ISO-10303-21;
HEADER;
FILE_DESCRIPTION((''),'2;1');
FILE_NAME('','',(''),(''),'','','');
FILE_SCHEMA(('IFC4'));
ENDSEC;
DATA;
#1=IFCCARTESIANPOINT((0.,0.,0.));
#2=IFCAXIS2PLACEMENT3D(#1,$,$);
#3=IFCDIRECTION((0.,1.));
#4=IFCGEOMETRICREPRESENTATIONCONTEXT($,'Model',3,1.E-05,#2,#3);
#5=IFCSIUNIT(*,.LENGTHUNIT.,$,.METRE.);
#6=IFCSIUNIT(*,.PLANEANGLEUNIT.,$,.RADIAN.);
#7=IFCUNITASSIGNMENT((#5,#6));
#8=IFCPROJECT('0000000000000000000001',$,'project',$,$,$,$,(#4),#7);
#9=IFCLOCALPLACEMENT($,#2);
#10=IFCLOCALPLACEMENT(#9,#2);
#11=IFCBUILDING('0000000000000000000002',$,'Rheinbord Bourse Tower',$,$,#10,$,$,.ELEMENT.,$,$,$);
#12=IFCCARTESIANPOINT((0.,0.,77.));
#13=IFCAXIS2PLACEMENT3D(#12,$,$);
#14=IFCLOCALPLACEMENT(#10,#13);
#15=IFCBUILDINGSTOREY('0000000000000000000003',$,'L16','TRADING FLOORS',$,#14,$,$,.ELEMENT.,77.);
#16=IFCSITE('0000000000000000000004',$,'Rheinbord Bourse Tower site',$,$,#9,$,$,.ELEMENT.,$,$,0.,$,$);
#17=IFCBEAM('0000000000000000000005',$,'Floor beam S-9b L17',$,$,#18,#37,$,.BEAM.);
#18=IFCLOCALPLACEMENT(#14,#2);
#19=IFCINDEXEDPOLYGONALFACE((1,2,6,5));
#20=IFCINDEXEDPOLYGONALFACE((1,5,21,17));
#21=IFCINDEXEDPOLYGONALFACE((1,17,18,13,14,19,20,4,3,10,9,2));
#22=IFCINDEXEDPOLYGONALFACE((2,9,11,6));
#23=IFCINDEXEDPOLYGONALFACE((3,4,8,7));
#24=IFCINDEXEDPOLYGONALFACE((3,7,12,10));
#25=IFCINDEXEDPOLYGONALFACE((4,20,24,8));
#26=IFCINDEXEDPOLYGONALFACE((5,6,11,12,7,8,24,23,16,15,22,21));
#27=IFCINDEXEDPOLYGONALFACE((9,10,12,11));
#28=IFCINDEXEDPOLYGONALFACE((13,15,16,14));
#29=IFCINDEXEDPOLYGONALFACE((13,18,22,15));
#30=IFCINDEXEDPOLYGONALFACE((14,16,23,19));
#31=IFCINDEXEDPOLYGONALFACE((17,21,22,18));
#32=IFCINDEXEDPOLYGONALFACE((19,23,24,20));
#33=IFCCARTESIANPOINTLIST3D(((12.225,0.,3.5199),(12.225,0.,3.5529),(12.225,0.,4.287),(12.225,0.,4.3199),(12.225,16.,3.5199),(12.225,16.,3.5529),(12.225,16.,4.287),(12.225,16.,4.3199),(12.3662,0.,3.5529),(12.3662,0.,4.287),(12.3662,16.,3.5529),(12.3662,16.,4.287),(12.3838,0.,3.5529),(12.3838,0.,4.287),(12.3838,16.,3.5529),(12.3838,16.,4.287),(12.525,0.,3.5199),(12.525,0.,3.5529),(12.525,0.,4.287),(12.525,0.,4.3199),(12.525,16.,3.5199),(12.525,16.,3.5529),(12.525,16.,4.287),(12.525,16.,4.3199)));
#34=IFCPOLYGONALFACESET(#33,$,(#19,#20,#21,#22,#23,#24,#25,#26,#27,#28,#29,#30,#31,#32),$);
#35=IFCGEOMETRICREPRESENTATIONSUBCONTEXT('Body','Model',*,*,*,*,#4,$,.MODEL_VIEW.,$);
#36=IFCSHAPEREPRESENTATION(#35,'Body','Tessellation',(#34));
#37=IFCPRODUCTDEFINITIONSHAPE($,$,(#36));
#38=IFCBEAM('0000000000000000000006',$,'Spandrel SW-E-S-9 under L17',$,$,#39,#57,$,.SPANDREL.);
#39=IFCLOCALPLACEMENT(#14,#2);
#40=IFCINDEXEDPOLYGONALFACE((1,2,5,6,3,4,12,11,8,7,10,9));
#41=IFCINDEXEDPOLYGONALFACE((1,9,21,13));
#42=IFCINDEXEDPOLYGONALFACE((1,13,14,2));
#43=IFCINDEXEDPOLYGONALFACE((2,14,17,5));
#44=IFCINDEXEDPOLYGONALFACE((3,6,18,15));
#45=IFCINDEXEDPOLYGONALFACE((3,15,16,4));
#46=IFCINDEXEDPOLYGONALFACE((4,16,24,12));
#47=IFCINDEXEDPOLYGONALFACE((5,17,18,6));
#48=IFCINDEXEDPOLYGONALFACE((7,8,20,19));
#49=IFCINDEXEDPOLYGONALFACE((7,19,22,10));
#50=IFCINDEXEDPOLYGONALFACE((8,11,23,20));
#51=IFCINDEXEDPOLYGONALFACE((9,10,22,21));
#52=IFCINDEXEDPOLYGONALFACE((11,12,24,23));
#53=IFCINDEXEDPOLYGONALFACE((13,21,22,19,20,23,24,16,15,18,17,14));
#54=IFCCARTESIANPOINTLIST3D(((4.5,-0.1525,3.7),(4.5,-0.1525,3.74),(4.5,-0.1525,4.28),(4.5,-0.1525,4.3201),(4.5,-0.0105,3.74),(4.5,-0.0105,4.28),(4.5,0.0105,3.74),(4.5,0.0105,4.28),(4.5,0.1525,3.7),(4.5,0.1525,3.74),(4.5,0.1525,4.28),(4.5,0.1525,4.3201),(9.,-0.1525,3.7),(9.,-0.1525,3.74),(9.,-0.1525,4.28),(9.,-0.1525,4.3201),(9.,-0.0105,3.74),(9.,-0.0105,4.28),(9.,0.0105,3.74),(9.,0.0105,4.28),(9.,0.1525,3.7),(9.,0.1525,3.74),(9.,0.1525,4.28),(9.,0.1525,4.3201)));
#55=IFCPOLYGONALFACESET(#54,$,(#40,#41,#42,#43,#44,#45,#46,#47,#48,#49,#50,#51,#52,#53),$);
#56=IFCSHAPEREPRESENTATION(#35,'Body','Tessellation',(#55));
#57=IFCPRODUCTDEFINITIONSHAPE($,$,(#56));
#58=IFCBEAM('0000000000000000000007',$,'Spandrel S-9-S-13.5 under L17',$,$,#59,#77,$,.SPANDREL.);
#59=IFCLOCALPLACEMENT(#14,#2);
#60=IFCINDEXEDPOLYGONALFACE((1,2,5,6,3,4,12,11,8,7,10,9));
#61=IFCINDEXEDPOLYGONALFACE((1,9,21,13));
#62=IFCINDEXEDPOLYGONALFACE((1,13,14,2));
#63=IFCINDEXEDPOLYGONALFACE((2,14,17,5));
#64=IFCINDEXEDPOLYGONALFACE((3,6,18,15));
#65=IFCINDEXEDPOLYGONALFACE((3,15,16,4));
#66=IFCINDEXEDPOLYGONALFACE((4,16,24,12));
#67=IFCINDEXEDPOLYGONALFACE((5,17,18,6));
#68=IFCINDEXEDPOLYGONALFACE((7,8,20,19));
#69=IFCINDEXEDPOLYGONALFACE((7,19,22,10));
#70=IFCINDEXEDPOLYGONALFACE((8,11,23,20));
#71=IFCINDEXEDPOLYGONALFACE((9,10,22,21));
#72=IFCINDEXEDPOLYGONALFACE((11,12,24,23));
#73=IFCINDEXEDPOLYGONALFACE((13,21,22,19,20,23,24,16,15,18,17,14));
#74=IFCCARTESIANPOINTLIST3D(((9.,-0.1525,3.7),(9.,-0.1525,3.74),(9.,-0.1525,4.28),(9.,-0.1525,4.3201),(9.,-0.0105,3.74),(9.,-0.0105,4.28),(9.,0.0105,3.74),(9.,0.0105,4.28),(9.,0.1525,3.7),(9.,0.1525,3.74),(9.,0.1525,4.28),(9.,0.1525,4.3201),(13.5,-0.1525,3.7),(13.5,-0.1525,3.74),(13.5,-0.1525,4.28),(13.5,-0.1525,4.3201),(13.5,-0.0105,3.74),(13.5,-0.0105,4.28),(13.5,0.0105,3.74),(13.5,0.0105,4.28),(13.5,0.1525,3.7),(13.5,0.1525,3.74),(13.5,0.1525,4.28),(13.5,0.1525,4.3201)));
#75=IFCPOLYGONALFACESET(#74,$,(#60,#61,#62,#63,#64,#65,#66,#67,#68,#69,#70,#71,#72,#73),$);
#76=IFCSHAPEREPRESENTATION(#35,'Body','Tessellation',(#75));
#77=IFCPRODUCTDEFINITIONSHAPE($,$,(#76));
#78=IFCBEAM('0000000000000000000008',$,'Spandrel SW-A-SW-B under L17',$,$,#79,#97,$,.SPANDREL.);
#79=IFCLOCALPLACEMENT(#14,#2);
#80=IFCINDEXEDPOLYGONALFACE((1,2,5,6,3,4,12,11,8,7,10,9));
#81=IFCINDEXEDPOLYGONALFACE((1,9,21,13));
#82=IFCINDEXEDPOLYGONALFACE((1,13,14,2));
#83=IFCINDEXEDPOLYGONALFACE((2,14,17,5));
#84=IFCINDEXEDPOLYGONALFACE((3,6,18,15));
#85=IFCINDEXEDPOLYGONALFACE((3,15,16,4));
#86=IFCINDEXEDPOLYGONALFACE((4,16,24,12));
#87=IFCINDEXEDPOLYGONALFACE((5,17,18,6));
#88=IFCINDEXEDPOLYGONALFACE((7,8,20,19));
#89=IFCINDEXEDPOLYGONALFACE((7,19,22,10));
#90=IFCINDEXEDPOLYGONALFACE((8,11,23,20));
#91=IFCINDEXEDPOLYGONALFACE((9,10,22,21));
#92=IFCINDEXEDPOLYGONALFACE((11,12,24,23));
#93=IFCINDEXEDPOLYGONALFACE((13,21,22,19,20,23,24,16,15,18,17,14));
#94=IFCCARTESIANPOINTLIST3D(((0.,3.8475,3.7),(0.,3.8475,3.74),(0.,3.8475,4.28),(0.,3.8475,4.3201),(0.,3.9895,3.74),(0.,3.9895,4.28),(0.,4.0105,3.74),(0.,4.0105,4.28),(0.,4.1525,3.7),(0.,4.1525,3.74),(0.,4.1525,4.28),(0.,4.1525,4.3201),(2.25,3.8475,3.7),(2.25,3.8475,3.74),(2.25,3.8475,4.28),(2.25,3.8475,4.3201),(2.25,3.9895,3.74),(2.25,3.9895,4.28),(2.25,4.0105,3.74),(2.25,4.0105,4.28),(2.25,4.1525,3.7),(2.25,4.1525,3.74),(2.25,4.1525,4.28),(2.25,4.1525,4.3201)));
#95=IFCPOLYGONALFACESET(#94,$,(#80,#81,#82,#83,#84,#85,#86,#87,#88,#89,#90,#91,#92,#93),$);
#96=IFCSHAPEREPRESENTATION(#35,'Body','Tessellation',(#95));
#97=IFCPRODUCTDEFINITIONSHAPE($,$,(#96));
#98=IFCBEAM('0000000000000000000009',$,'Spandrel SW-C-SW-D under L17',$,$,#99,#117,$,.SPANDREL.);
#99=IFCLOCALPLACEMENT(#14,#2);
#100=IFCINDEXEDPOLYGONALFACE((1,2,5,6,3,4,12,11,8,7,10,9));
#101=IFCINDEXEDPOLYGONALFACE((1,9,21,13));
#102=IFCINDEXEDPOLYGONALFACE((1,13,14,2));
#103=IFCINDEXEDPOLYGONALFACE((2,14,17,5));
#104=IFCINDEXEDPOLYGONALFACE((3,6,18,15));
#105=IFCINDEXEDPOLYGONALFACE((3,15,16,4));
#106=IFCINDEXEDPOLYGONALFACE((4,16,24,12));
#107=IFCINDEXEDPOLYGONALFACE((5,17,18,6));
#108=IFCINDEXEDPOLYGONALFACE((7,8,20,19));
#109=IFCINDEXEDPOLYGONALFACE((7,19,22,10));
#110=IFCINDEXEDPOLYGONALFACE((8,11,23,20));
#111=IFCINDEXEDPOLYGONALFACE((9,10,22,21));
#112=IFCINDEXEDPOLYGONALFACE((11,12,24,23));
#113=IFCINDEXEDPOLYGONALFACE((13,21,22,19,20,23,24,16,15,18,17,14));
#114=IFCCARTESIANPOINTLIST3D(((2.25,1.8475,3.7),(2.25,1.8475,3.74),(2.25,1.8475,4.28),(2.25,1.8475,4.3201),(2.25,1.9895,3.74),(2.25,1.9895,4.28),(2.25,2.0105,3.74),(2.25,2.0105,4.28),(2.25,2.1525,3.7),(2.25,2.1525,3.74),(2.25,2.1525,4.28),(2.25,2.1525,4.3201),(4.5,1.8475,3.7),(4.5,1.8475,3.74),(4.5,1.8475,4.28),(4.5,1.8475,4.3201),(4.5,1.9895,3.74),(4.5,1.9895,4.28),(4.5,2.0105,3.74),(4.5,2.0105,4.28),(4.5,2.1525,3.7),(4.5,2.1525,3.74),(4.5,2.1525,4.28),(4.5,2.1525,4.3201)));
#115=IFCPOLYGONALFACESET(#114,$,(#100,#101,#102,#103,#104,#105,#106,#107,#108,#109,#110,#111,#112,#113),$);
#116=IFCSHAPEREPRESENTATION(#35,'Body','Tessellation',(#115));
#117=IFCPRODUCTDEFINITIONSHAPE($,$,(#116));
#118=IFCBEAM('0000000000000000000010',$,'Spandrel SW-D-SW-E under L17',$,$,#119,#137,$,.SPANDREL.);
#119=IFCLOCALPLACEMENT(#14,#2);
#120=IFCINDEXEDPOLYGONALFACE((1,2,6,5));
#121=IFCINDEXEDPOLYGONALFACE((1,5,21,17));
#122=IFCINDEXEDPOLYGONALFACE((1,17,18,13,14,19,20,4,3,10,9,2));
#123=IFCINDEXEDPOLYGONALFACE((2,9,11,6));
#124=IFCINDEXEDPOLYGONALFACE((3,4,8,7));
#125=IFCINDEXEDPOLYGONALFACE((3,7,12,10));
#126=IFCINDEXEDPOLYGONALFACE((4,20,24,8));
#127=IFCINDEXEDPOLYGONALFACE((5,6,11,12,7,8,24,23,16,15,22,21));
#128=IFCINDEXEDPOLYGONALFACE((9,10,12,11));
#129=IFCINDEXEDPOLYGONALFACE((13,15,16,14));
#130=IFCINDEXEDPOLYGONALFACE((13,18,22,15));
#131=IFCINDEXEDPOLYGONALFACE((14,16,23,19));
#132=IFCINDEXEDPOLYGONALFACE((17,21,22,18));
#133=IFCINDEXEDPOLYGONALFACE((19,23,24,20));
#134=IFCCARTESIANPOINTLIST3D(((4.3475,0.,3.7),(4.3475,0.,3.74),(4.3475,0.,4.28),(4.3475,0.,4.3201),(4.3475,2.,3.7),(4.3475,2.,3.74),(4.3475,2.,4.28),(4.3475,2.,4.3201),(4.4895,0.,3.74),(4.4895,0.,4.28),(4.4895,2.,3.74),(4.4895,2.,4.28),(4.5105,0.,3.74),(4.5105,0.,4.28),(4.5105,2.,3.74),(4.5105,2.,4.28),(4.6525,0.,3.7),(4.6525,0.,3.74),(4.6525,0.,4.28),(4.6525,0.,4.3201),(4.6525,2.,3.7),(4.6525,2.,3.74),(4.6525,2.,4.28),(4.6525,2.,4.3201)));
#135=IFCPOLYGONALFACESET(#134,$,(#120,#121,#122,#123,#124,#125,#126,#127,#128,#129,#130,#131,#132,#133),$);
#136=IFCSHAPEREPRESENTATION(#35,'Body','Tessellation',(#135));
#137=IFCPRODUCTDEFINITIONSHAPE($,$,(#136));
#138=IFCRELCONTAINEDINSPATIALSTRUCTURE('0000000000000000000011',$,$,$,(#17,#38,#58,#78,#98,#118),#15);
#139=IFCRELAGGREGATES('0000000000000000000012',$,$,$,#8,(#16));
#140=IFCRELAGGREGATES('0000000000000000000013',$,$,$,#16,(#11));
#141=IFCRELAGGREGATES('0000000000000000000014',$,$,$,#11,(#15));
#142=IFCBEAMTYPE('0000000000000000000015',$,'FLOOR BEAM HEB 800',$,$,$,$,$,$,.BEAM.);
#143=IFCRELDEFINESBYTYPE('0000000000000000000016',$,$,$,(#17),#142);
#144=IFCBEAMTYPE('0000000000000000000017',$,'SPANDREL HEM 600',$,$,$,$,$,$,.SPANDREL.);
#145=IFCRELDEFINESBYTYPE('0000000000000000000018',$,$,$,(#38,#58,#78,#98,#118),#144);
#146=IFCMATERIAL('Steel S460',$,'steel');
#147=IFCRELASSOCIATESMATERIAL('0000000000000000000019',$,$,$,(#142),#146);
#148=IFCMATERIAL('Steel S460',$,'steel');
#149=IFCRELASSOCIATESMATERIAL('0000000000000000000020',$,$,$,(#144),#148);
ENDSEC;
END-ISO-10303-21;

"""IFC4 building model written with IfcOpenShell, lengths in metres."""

from ifc_helpers import new_model, si_unit, direction, frame, origin, origin_2d, place, context, subcontext, project, spatial, i_section, extrude, material, material_profile, profile_set, type_object, element, save


model = new_model("IFC4")

# Units and contexts
model_context = context("Model", 3, precision=1e-05, world=origin(), true_north=direction((0.0, 1.0)))
body_context = subcontext(model_context, "Body", "Model", "MODEL_VIEW")
ifc_project = project(units=[si_unit("LENGTHUNIT", "METRE"), si_unit("PLANEANGLEUNIT", "RADIAN")], contexts=[model_context])

# Site, building, storey
site_placement = place(None, origin())
site = spatial("IfcSite", under=ifc_project, at=site_placement, Name="Rheinbord Bourse Tower site", CompositionType="ELEMENT", RefElevation=0.0)
building_placement = place(site_placement, origin())
building = spatial("IfcBuilding", under=site, at=building_placement, Name="Rheinbord Bourse Tower", CompositionType="ELEMENT")
storey_placement = place(building_placement, frame((0.0, 0.0, 77.0)))
storey = spatial("IfcBuildingStorey", under=building, at=storey_placement, Name="L16", Description="TRADING FLOORS", CompositionType="ELEMENT", Elevation=77.0)

# Beams
ifc_material_1 = material(Name="Steel S460", Category="steel")
ifc_material_profile_1 = material_profile(ifc_material_1, i_section(OverallWidth=0.3, OverallDepth=0.8, WebThickness=0.0176, FlangeThickness=0.033, at=origin_2d()), Name="HEB 800")
ifc_profile_set_1 = profile_set([ifc_material_profile_1], Name="Steel S460")
beam_type_1 = type_object("IfcBeamType", Name="FLOOR BEAM HEB 800", PredefinedType="BEAM", material=ifc_profile_set_1)
for number, where, z_axis, x_axis, name in (
    (1, (12.375, 0.0, 3.9199), (0.0, 1.0, 0.0), (-1.0, 0.0, 0.0), "Floor beam S-9b L17"),
):
    element("IfcBeam", number, at=place(storey_placement, frame(where, z_axis=z_axis, x_axis=x_axis)), inside=storey, type_object=beam_type_1, Name=name, PredefinedType="BEAM", context=body_context, shape_type="SweptSolid", body=[
        extrude(i_section(OverallWidth=0.3, OverallDepth=0.8, WebThickness=0.0176, FlangeThickness=0.033, at=origin_2d()), origin(), (0.0, 0.0, 1.0), 16.0),
    ])
ifc_material_2 = material(Name="Steel S460", Category="steel")
ifc_material_profile_2 = material_profile(ifc_material_2, i_section(OverallWidth=0.3049, OverallDepth=0.6201, WebThickness=0.021, FlangeThickness=0.04, at=origin_2d()), Name="HEM 600")
ifc_profile_set_2 = profile_set([ifc_material_profile_2], Name="Steel S460")
beam_type_2 = type_object("IfcBeamType", Name="SPANDREL HEM 600", PredefinedType="SPANDREL", material=ifc_profile_set_2)
for number, where, z_axis, x_axis, name in (
    (2, (4.5, 0.0, 4.01), (1.0, 0.0, 0.0), (0.0, 1.0, 0.0), "Spandrel SW-E-S-9 under L17"),
    (3, (9.0, 0.0, 4.01), (1.0, 0.0, 0.0), (0.0, 1.0, 0.0), "Spandrel S-9-S-13.5 under L17"),
):
    element("IfcBeam", number, at=place(storey_placement, frame(where, z_axis=z_axis, x_axis=x_axis)), inside=storey, type_object=beam_type_2, Name=name, PredefinedType="SPANDREL", context=body_context, shape_type="SweptSolid", body=[
        extrude(i_section(OverallWidth=0.3049, OverallDepth=0.6201, WebThickness=0.021, FlangeThickness=0.04, at=origin_2d()), origin(), (0.0, 0.0, 1.0), 4.5),
    ])
for number, where, z_axis, x_axis, name in (
    (4, (0.0, 4.0, 4.01), (1.0, 0.0, 0.0), (0.0, 1.0, 0.0), "Spandrel SW-A-SW-B under L17"),
    (5, (2.25, 2.0, 4.01), (1.0, 0.0, 0.0), (0.0, 1.0, 0.0), "Spandrel SW-C-SW-D under L17"),
):
    element("IfcBeam", number, at=place(storey_placement, frame(where, z_axis=z_axis, x_axis=x_axis)), inside=storey, type_object=beam_type_2, Name=name, PredefinedType="SPANDREL", context=body_context, shape_type="SweptSolid", body=[
        extrude(i_section(OverallWidth=0.3049, OverallDepth=0.6201, WebThickness=0.021, FlangeThickness=0.04, at=origin_2d()), origin(), (0.0, 0.0, 1.0), 2.25),
    ])
beam_placement = place(storey_placement, frame((4.5, 2.0, 4.01), z_axis=(0.0, -1.0, 0.0), x_axis=(1.0, 0.0, 0.0)))
element("IfcBeam", 6, at=beam_placement, inside=storey, type_object=beam_type_2, Name="Spandrel SW-D-SW-E under L17", PredefinedType="SPANDREL", context=body_context, shape_type="SweptSolid", body=[
    extrude(i_section(OverallWidth=0.3049, OverallDepth=0.6201, WebThickness=0.021, FlangeThickness=0.04, at=origin_2d()), origin(), (0.0, 0.0, 1.0), 2.0),
])

save(model, "model.ifc")
